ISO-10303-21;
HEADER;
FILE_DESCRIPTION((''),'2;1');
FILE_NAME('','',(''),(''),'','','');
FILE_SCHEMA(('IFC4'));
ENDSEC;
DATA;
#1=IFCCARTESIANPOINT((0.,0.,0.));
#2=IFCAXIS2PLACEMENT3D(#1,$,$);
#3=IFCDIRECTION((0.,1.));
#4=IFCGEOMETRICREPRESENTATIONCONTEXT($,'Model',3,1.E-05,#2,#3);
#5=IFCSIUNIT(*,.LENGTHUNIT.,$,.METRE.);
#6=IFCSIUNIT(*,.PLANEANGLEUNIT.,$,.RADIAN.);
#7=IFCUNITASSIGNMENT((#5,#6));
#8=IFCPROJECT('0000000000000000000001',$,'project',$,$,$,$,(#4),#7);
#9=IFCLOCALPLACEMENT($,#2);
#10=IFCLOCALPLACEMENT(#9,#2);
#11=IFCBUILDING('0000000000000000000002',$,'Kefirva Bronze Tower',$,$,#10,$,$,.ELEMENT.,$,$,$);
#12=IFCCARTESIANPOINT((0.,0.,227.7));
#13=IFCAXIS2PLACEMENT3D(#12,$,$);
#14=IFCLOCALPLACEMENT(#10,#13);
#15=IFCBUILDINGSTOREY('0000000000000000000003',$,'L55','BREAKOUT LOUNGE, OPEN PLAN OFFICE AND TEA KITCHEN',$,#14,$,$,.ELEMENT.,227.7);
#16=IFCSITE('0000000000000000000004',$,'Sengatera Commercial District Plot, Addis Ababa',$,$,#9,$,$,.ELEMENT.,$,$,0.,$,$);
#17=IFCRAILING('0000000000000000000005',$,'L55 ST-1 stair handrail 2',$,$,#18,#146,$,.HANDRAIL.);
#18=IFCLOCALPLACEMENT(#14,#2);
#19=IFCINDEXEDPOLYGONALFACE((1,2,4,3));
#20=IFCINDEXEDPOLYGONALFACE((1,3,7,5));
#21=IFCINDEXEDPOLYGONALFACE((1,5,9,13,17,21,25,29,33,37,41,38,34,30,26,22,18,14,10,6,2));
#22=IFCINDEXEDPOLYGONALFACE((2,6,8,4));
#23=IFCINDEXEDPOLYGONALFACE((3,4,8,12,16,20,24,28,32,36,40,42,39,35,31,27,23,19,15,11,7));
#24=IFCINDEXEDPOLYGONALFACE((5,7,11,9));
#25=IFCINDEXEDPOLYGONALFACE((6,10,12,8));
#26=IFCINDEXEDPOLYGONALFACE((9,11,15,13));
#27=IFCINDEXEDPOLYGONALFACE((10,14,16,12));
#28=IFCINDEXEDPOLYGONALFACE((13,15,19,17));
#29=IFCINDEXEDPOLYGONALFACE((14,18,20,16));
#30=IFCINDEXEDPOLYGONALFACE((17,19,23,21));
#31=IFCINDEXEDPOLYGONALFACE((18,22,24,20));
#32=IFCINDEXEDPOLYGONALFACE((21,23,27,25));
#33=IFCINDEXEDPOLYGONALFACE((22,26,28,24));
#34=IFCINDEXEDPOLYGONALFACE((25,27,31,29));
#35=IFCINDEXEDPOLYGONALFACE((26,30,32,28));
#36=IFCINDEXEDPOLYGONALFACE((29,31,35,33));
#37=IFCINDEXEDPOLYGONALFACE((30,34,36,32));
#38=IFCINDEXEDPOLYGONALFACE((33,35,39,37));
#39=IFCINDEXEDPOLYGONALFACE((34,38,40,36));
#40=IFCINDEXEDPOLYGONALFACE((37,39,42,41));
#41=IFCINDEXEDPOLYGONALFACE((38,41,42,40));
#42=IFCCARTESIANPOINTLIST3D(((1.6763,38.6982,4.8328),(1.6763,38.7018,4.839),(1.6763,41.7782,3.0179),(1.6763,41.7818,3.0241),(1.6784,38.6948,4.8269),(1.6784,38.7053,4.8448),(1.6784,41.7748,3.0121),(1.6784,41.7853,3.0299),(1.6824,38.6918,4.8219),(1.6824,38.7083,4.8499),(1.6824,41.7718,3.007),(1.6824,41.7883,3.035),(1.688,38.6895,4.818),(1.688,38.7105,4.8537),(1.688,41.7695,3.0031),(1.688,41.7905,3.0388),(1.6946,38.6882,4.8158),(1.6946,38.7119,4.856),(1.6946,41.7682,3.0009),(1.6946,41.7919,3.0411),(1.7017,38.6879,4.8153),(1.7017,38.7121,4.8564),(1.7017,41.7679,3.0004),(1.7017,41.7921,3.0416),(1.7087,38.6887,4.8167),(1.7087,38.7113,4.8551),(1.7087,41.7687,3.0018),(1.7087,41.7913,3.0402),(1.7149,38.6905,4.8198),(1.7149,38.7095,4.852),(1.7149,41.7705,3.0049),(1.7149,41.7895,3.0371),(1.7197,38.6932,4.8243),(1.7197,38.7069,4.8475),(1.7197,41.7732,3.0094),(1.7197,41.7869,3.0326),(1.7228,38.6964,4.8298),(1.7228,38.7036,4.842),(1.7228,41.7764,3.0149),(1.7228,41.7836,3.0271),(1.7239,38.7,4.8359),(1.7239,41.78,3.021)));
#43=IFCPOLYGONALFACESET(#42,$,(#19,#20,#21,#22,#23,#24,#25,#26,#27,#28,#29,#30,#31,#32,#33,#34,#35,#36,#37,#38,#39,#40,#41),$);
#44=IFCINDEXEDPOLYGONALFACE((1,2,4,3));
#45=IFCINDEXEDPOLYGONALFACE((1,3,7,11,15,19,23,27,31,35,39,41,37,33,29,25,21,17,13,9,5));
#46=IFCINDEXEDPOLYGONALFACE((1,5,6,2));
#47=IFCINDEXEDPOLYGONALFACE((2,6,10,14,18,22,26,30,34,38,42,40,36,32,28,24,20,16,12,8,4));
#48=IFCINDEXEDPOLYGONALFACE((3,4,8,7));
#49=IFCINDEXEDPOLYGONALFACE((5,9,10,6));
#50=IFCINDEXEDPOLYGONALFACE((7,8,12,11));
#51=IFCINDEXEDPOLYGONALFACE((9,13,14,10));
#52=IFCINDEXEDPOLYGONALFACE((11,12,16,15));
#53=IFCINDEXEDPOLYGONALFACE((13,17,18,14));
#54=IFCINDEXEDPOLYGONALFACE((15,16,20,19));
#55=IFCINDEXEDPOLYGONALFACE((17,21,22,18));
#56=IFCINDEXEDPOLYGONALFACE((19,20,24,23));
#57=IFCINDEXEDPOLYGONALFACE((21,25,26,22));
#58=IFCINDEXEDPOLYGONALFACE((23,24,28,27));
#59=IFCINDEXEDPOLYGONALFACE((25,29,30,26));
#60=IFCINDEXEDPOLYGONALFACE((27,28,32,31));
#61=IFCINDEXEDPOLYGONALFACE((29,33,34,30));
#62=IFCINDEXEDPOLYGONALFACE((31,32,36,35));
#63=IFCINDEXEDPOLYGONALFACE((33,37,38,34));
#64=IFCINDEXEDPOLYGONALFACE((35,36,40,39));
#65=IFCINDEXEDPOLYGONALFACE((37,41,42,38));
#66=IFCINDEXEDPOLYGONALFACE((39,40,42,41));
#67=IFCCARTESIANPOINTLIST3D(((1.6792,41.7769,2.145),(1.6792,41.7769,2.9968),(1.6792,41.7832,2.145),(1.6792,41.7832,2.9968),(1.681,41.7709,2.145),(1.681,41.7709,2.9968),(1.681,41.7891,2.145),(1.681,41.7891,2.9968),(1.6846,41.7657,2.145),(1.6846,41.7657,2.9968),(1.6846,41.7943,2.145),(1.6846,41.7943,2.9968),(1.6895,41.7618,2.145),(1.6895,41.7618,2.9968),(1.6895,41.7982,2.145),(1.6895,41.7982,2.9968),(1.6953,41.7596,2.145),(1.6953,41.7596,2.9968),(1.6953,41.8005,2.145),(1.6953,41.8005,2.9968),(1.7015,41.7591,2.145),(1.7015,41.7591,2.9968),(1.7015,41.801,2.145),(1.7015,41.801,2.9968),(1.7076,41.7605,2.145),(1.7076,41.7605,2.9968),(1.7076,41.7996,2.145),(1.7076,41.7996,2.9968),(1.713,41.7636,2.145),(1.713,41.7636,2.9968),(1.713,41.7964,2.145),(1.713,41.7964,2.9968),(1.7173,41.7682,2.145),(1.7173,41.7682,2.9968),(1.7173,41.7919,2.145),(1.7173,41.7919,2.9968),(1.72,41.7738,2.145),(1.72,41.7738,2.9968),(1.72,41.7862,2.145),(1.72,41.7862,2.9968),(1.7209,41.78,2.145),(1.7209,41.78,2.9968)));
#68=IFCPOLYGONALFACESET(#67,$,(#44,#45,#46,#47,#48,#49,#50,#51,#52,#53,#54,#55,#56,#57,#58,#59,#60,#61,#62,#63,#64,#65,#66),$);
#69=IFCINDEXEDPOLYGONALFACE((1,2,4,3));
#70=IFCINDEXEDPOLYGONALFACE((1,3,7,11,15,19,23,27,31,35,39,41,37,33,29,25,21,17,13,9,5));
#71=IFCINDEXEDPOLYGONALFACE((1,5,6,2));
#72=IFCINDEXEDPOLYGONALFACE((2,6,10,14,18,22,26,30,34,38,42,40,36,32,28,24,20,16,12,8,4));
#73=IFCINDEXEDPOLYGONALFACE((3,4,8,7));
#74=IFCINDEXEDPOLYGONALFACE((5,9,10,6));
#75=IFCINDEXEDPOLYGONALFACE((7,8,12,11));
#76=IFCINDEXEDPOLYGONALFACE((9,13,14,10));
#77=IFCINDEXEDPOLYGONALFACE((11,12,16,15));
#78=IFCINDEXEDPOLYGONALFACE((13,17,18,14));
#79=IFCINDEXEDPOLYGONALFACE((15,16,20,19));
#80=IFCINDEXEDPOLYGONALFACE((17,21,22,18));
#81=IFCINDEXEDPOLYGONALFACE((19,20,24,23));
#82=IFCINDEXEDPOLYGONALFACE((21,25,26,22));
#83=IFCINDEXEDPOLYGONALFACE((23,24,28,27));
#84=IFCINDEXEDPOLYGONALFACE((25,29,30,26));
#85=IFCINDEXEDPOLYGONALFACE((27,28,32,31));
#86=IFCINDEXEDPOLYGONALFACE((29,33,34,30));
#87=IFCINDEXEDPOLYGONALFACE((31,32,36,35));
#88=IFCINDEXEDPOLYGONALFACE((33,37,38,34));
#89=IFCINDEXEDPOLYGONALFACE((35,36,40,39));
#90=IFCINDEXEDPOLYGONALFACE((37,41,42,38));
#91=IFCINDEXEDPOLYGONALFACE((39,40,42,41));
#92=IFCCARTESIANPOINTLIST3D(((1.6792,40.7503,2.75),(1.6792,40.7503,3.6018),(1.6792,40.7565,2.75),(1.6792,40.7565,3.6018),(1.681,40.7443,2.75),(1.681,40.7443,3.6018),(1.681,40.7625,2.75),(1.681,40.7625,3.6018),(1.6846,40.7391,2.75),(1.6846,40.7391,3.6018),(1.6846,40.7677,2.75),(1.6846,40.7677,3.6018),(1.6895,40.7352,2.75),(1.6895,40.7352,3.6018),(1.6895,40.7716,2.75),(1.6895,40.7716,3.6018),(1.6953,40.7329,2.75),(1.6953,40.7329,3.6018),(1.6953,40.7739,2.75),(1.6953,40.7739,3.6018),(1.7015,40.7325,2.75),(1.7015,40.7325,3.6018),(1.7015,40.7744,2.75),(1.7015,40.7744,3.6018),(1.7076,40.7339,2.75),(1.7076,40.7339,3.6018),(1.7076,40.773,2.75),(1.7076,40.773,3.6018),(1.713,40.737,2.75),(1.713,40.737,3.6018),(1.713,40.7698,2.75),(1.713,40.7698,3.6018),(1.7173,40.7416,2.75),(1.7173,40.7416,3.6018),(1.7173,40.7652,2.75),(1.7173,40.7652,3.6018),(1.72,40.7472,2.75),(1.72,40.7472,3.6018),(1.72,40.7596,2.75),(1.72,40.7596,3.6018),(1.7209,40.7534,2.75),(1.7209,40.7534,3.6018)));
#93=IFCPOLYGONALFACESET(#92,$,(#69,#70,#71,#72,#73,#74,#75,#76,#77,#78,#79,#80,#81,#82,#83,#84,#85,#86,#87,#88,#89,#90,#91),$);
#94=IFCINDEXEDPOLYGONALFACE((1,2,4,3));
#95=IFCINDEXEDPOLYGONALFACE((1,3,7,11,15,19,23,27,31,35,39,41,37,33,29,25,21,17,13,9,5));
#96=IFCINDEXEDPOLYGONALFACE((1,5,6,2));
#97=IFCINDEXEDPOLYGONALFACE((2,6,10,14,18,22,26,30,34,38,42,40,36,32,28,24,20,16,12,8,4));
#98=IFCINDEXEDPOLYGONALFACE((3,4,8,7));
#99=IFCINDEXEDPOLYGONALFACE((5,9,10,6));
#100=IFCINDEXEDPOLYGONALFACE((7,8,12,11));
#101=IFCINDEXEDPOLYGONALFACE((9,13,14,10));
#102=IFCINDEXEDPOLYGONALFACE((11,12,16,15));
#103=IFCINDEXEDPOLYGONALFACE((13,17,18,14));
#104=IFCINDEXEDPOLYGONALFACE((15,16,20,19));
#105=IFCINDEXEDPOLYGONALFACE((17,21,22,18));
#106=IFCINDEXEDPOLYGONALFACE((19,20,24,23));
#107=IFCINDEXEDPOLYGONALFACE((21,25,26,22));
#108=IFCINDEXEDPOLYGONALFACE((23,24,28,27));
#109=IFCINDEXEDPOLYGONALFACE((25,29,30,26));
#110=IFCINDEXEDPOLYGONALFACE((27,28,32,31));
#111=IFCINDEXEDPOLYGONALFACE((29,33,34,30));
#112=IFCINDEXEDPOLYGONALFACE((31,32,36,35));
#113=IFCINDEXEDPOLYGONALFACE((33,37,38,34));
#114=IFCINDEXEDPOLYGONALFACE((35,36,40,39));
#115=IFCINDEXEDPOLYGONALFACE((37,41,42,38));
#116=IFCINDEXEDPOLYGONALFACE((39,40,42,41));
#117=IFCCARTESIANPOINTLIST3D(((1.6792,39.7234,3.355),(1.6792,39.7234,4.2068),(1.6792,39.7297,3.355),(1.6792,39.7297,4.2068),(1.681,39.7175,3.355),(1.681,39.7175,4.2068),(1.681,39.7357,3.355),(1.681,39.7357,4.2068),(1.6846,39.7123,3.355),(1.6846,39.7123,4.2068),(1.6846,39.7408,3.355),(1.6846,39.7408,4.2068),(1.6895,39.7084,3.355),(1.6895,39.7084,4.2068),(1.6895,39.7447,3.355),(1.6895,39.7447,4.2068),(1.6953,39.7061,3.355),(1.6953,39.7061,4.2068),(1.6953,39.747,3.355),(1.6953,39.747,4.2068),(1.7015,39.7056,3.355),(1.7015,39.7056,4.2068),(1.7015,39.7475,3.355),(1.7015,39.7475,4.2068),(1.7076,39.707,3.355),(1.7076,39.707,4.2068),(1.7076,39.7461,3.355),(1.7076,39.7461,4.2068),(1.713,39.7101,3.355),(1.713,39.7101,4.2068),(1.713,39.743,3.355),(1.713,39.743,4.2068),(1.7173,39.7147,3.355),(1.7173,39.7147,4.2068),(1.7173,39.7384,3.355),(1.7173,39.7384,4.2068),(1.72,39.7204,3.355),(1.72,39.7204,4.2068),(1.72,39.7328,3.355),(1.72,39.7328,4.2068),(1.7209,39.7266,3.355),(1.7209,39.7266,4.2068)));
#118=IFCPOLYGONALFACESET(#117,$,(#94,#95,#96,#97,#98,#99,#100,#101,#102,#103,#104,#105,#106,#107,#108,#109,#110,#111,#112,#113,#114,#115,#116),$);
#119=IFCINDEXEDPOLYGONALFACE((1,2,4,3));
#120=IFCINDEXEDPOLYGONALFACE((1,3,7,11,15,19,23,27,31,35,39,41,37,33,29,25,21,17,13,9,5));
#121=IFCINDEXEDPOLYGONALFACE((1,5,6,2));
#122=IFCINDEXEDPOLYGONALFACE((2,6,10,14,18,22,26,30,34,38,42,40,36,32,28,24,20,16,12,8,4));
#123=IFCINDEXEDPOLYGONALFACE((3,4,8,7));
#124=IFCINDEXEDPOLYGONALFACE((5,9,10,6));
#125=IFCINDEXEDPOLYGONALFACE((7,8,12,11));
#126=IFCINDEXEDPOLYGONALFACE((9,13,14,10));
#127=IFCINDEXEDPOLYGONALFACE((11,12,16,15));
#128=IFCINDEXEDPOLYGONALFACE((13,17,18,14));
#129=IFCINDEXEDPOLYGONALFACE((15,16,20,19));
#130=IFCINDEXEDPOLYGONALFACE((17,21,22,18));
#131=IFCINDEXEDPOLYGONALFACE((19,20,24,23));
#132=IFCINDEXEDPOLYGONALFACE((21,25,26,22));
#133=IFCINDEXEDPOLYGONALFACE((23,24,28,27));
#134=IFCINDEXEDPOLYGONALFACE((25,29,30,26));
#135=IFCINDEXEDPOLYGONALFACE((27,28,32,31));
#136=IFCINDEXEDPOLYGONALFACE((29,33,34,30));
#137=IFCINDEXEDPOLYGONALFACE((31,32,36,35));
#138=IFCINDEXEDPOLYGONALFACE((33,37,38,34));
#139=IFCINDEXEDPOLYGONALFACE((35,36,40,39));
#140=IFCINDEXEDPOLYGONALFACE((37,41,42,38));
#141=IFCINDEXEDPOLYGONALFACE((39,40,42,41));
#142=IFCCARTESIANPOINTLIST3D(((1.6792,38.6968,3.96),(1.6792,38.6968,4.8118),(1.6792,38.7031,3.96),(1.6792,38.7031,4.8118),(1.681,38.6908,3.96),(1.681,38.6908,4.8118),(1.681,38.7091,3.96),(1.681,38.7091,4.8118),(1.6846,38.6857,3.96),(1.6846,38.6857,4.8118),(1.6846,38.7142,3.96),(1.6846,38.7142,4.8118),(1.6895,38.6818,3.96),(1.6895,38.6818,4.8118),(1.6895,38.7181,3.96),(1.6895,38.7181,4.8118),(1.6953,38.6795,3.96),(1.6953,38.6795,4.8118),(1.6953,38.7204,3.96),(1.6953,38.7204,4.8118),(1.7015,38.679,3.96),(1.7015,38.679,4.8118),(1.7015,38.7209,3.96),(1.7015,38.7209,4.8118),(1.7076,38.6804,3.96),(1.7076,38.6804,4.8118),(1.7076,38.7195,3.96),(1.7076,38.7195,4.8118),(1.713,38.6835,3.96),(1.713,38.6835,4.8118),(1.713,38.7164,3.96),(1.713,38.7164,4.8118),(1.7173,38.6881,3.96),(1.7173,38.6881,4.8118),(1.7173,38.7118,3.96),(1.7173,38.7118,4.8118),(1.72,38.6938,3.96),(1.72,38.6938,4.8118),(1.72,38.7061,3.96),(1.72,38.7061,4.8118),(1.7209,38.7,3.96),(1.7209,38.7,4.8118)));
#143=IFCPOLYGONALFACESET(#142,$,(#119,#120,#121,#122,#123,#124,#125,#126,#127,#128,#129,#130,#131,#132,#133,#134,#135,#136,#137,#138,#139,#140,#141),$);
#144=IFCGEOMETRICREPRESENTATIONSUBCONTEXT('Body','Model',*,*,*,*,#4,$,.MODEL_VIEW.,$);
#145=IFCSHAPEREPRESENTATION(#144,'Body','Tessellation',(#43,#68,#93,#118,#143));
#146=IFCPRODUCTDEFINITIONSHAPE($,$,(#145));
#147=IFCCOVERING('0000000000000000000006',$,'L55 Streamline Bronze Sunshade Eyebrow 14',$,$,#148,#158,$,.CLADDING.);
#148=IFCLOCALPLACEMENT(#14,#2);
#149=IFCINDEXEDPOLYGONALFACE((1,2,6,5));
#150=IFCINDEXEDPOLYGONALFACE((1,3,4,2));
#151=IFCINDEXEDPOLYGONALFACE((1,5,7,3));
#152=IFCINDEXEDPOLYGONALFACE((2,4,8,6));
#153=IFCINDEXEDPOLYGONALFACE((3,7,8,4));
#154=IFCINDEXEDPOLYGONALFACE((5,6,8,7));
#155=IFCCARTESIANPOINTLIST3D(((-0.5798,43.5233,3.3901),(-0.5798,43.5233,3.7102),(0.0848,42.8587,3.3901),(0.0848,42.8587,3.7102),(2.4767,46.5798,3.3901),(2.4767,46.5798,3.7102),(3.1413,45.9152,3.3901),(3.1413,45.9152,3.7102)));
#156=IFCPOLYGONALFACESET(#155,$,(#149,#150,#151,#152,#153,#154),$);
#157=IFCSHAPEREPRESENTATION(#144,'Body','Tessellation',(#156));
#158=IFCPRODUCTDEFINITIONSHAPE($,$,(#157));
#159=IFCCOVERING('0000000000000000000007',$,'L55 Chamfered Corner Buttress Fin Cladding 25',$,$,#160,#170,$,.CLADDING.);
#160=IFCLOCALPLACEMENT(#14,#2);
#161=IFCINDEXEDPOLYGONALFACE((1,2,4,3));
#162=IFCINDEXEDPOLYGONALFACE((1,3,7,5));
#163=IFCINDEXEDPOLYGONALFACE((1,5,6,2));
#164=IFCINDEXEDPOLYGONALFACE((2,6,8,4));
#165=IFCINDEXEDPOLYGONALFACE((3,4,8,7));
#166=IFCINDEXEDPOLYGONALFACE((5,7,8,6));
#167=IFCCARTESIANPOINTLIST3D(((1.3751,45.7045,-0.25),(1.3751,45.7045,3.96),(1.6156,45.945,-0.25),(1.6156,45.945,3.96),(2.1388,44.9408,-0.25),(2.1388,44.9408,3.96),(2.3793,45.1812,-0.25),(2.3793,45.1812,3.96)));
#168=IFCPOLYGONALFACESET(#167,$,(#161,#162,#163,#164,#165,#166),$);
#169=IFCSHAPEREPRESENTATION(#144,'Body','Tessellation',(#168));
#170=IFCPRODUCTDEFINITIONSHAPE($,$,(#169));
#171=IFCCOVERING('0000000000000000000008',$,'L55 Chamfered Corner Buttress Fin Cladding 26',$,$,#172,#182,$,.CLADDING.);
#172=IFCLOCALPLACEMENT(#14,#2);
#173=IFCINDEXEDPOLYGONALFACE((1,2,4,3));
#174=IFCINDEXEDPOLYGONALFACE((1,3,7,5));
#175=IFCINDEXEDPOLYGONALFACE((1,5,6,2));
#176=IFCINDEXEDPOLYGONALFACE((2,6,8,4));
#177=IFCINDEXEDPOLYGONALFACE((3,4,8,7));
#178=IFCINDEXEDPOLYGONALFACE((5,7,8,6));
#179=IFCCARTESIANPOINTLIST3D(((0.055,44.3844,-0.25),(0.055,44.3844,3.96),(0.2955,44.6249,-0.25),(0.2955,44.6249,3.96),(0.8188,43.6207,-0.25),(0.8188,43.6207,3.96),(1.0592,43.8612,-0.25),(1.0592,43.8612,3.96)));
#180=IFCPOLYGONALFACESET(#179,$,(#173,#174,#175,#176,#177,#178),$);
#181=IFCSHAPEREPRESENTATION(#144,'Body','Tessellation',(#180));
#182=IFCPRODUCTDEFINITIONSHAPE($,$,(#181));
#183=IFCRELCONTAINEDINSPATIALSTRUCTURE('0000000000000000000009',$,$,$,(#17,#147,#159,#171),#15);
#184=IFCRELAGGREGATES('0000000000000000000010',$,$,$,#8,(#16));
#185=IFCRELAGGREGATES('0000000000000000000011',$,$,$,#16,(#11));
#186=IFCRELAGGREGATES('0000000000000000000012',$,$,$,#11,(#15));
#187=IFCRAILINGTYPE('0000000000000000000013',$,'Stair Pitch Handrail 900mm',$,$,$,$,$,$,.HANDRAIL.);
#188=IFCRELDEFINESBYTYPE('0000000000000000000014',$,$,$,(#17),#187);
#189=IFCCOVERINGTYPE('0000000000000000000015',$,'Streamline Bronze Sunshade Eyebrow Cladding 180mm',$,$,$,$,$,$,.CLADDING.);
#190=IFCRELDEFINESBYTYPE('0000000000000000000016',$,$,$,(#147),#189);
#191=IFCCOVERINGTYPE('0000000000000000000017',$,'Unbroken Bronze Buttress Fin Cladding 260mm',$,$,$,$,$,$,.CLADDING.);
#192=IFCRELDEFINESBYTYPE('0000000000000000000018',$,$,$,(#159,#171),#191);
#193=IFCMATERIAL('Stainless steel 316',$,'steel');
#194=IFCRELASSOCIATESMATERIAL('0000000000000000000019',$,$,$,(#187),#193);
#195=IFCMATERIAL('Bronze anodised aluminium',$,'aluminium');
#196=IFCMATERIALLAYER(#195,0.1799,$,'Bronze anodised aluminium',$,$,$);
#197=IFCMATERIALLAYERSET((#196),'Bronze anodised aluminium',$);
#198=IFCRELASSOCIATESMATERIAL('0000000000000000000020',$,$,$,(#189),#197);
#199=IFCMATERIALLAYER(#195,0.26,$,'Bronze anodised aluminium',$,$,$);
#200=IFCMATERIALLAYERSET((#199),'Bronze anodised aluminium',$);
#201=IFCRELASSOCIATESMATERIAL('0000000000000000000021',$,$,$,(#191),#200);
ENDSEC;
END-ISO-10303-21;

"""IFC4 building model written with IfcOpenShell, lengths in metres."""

from ifc_helpers import new_model, si_unit, direction, frame, origin, origin_2d, place, context, subcontext, project, spatial, rectangle, circle, extrude, material, layer, layer_set, type_object, element, save


model = new_model("IFC4")

# Units and contexts
model_context = context("Model", 3, precision=1e-05, world=origin(), true_north=direction((0.0, 1.0)))
body_context = subcontext(model_context, "Body", "Model", "MODEL_VIEW")
ifc_project = project(units=[si_unit("LENGTHUNIT", "METRE"), si_unit("PLANEANGLEUNIT", "RADIAN")], contexts=[model_context])

# Site, building, storey
site_placement = place(None, origin())
site = spatial("IfcSite", under=ifc_project, at=site_placement, Name="Sengatera Commercial District Plot, Addis Ababa", CompositionType="ELEMENT", RefElevation=0.0)
building_placement = place(site_placement, origin())
building = spatial("IfcBuilding", under=site, at=building_placement, Name="Kefirva Bronze Tower", CompositionType="ELEMENT")
storey_placement = place(building_placement, frame((0.0, 0.0, 227.7)))
storey = spatial("IfcBuildingStorey", under=building, at=storey_placement, Name="L55", Description="BREAKOUT LOUNGE, OPEN PLAN OFFICE AND TEA KITCHEN", CompositionType="ELEMENT", Elevation=227.7)

# Shared definitions
ifc_material_1 = material(Name="Bronze anodised aluminium", Category="aluminium")

# Railing
ifc_material_2 = material(Name="Stainless steel 316", Category="steel")
railing_type_1 = type_object("IfcRailingType", Name="Stair Pitch Handrail 900mm", PredefinedType="HANDRAIL", material=ifc_material_2)
railing_1_placement = place(storey_placement, frame((1.7, 41.78, 2.145)))
element("IfcRailing", 1, at=railing_1_placement, inside=storey, type_object=railing_type_1, Name="L55 ST-1 stair handrail 2", PredefinedType="HANDRAIL", context=body_context, shape_type="SweptSolid", body=[
    extrude(circle(Radius=0.0239, at=origin_2d()), frame((0.0, 0.0, 0.876), z_axis=(0.0, -0.861551, 0.507671), x_axis=(1.0, 0.0, 0.0)), (0.0, 0.0, 1.0), 3.575),
    extrude(circle(Radius=0.021, at=origin_2d()), origin(), (0.0, 0.0, 1.0), 0.8518),
    extrude(circle(Radius=0.021, at=origin_2d()), frame((0.0, -1.0266, 0.605)), (0.0, 0.0, 1.0), 0.8518),
    extrude(circle(Radius=0.021, at=origin_2d()), frame((0.0, -2.0535, 1.21)), (0.0, 0.0, 1.0), 0.8518),
    extrude(circle(Radius=0.021, at=origin_2d()), frame((0.0, -3.0801, 1.8149)), (0.0, 0.0, 1.0), 0.8518),
])

# Coverings
ifc_layer_1 = layer(ifc_material_1, 0.1799, Name="Bronze anodised aluminium")
ifc_layer_set_1 = layer_set([ifc_layer_1], Name="Bronze anodised aluminium")
covering_type_1 = type_object("IfcCoveringType", Name="Streamline Bronze Sunshade Eyebrow Cladding 180mm", PredefinedType="CLADDING", material=ifc_layer_set_1)
covering_1_placement = place(storey_placement, frame((1.2808, 44.7192, 3.3901), z_axis=(0.0, 0.0, 1.0), x_axis=(-0.707107, -0.707107, 0.0)))
element("IfcCovering", 2, at=covering_1_placement, inside=storey, type_object=covering_type_1, Name="L55 Streamline Bronze Sunshade Eyebrow 14", PredefinedType="CLADDING", context=body_context, shape_type="SweptSolid", body=[
    extrude(rectangle(XDim=4.3225, YDim=0.9399, at=origin_2d()), origin(), (0.0, 0.0, 1.0), 0.3201),
])
ifc_layer_2 = layer(ifc_material_1, 0.26, Name="Bronze anodised aluminium")
ifc_layer_set_2 = layer_set([ifc_layer_2], Name="Bronze anodised aluminium")
covering_type_2 = type_object("IfcCoveringType", Name="Unbroken Bronze Buttress Fin Cladding 260mm", PredefinedType="CLADDING", material=ifc_layer_set_2)
for number, where, z_axis, x_axis, name in (
    (3, (1.8772, 45.4429, -0.25), (0.0, 0.0, 1.0), (-0.707107, -0.707107, 0.0), "L55 Chamfered Corner Buttress Fin Cladding 25"),
    (4, (0.5571, 44.1228, -0.25), (0.0, 0.0, 1.0), (-0.707107, -0.707107, 0.0), "L55 Chamfered Corner Buttress Fin Cladding 26"),
):
    element("IfcCovering", number, at=place(storey_placement, frame(where, z_axis=z_axis, x_axis=x_axis)), inside=storey, type_object=covering_type_2, Name=name, PredefinedType="CLADDING", context=body_context, shape_type="SweptSolid", body=[
        extrude(rectangle(XDim=0.3401, YDim=1.0801, at=origin_2d()), origin(), (0.0, 0.0, 1.0), 4.21),
    ])

save(model, "model.ifc")
